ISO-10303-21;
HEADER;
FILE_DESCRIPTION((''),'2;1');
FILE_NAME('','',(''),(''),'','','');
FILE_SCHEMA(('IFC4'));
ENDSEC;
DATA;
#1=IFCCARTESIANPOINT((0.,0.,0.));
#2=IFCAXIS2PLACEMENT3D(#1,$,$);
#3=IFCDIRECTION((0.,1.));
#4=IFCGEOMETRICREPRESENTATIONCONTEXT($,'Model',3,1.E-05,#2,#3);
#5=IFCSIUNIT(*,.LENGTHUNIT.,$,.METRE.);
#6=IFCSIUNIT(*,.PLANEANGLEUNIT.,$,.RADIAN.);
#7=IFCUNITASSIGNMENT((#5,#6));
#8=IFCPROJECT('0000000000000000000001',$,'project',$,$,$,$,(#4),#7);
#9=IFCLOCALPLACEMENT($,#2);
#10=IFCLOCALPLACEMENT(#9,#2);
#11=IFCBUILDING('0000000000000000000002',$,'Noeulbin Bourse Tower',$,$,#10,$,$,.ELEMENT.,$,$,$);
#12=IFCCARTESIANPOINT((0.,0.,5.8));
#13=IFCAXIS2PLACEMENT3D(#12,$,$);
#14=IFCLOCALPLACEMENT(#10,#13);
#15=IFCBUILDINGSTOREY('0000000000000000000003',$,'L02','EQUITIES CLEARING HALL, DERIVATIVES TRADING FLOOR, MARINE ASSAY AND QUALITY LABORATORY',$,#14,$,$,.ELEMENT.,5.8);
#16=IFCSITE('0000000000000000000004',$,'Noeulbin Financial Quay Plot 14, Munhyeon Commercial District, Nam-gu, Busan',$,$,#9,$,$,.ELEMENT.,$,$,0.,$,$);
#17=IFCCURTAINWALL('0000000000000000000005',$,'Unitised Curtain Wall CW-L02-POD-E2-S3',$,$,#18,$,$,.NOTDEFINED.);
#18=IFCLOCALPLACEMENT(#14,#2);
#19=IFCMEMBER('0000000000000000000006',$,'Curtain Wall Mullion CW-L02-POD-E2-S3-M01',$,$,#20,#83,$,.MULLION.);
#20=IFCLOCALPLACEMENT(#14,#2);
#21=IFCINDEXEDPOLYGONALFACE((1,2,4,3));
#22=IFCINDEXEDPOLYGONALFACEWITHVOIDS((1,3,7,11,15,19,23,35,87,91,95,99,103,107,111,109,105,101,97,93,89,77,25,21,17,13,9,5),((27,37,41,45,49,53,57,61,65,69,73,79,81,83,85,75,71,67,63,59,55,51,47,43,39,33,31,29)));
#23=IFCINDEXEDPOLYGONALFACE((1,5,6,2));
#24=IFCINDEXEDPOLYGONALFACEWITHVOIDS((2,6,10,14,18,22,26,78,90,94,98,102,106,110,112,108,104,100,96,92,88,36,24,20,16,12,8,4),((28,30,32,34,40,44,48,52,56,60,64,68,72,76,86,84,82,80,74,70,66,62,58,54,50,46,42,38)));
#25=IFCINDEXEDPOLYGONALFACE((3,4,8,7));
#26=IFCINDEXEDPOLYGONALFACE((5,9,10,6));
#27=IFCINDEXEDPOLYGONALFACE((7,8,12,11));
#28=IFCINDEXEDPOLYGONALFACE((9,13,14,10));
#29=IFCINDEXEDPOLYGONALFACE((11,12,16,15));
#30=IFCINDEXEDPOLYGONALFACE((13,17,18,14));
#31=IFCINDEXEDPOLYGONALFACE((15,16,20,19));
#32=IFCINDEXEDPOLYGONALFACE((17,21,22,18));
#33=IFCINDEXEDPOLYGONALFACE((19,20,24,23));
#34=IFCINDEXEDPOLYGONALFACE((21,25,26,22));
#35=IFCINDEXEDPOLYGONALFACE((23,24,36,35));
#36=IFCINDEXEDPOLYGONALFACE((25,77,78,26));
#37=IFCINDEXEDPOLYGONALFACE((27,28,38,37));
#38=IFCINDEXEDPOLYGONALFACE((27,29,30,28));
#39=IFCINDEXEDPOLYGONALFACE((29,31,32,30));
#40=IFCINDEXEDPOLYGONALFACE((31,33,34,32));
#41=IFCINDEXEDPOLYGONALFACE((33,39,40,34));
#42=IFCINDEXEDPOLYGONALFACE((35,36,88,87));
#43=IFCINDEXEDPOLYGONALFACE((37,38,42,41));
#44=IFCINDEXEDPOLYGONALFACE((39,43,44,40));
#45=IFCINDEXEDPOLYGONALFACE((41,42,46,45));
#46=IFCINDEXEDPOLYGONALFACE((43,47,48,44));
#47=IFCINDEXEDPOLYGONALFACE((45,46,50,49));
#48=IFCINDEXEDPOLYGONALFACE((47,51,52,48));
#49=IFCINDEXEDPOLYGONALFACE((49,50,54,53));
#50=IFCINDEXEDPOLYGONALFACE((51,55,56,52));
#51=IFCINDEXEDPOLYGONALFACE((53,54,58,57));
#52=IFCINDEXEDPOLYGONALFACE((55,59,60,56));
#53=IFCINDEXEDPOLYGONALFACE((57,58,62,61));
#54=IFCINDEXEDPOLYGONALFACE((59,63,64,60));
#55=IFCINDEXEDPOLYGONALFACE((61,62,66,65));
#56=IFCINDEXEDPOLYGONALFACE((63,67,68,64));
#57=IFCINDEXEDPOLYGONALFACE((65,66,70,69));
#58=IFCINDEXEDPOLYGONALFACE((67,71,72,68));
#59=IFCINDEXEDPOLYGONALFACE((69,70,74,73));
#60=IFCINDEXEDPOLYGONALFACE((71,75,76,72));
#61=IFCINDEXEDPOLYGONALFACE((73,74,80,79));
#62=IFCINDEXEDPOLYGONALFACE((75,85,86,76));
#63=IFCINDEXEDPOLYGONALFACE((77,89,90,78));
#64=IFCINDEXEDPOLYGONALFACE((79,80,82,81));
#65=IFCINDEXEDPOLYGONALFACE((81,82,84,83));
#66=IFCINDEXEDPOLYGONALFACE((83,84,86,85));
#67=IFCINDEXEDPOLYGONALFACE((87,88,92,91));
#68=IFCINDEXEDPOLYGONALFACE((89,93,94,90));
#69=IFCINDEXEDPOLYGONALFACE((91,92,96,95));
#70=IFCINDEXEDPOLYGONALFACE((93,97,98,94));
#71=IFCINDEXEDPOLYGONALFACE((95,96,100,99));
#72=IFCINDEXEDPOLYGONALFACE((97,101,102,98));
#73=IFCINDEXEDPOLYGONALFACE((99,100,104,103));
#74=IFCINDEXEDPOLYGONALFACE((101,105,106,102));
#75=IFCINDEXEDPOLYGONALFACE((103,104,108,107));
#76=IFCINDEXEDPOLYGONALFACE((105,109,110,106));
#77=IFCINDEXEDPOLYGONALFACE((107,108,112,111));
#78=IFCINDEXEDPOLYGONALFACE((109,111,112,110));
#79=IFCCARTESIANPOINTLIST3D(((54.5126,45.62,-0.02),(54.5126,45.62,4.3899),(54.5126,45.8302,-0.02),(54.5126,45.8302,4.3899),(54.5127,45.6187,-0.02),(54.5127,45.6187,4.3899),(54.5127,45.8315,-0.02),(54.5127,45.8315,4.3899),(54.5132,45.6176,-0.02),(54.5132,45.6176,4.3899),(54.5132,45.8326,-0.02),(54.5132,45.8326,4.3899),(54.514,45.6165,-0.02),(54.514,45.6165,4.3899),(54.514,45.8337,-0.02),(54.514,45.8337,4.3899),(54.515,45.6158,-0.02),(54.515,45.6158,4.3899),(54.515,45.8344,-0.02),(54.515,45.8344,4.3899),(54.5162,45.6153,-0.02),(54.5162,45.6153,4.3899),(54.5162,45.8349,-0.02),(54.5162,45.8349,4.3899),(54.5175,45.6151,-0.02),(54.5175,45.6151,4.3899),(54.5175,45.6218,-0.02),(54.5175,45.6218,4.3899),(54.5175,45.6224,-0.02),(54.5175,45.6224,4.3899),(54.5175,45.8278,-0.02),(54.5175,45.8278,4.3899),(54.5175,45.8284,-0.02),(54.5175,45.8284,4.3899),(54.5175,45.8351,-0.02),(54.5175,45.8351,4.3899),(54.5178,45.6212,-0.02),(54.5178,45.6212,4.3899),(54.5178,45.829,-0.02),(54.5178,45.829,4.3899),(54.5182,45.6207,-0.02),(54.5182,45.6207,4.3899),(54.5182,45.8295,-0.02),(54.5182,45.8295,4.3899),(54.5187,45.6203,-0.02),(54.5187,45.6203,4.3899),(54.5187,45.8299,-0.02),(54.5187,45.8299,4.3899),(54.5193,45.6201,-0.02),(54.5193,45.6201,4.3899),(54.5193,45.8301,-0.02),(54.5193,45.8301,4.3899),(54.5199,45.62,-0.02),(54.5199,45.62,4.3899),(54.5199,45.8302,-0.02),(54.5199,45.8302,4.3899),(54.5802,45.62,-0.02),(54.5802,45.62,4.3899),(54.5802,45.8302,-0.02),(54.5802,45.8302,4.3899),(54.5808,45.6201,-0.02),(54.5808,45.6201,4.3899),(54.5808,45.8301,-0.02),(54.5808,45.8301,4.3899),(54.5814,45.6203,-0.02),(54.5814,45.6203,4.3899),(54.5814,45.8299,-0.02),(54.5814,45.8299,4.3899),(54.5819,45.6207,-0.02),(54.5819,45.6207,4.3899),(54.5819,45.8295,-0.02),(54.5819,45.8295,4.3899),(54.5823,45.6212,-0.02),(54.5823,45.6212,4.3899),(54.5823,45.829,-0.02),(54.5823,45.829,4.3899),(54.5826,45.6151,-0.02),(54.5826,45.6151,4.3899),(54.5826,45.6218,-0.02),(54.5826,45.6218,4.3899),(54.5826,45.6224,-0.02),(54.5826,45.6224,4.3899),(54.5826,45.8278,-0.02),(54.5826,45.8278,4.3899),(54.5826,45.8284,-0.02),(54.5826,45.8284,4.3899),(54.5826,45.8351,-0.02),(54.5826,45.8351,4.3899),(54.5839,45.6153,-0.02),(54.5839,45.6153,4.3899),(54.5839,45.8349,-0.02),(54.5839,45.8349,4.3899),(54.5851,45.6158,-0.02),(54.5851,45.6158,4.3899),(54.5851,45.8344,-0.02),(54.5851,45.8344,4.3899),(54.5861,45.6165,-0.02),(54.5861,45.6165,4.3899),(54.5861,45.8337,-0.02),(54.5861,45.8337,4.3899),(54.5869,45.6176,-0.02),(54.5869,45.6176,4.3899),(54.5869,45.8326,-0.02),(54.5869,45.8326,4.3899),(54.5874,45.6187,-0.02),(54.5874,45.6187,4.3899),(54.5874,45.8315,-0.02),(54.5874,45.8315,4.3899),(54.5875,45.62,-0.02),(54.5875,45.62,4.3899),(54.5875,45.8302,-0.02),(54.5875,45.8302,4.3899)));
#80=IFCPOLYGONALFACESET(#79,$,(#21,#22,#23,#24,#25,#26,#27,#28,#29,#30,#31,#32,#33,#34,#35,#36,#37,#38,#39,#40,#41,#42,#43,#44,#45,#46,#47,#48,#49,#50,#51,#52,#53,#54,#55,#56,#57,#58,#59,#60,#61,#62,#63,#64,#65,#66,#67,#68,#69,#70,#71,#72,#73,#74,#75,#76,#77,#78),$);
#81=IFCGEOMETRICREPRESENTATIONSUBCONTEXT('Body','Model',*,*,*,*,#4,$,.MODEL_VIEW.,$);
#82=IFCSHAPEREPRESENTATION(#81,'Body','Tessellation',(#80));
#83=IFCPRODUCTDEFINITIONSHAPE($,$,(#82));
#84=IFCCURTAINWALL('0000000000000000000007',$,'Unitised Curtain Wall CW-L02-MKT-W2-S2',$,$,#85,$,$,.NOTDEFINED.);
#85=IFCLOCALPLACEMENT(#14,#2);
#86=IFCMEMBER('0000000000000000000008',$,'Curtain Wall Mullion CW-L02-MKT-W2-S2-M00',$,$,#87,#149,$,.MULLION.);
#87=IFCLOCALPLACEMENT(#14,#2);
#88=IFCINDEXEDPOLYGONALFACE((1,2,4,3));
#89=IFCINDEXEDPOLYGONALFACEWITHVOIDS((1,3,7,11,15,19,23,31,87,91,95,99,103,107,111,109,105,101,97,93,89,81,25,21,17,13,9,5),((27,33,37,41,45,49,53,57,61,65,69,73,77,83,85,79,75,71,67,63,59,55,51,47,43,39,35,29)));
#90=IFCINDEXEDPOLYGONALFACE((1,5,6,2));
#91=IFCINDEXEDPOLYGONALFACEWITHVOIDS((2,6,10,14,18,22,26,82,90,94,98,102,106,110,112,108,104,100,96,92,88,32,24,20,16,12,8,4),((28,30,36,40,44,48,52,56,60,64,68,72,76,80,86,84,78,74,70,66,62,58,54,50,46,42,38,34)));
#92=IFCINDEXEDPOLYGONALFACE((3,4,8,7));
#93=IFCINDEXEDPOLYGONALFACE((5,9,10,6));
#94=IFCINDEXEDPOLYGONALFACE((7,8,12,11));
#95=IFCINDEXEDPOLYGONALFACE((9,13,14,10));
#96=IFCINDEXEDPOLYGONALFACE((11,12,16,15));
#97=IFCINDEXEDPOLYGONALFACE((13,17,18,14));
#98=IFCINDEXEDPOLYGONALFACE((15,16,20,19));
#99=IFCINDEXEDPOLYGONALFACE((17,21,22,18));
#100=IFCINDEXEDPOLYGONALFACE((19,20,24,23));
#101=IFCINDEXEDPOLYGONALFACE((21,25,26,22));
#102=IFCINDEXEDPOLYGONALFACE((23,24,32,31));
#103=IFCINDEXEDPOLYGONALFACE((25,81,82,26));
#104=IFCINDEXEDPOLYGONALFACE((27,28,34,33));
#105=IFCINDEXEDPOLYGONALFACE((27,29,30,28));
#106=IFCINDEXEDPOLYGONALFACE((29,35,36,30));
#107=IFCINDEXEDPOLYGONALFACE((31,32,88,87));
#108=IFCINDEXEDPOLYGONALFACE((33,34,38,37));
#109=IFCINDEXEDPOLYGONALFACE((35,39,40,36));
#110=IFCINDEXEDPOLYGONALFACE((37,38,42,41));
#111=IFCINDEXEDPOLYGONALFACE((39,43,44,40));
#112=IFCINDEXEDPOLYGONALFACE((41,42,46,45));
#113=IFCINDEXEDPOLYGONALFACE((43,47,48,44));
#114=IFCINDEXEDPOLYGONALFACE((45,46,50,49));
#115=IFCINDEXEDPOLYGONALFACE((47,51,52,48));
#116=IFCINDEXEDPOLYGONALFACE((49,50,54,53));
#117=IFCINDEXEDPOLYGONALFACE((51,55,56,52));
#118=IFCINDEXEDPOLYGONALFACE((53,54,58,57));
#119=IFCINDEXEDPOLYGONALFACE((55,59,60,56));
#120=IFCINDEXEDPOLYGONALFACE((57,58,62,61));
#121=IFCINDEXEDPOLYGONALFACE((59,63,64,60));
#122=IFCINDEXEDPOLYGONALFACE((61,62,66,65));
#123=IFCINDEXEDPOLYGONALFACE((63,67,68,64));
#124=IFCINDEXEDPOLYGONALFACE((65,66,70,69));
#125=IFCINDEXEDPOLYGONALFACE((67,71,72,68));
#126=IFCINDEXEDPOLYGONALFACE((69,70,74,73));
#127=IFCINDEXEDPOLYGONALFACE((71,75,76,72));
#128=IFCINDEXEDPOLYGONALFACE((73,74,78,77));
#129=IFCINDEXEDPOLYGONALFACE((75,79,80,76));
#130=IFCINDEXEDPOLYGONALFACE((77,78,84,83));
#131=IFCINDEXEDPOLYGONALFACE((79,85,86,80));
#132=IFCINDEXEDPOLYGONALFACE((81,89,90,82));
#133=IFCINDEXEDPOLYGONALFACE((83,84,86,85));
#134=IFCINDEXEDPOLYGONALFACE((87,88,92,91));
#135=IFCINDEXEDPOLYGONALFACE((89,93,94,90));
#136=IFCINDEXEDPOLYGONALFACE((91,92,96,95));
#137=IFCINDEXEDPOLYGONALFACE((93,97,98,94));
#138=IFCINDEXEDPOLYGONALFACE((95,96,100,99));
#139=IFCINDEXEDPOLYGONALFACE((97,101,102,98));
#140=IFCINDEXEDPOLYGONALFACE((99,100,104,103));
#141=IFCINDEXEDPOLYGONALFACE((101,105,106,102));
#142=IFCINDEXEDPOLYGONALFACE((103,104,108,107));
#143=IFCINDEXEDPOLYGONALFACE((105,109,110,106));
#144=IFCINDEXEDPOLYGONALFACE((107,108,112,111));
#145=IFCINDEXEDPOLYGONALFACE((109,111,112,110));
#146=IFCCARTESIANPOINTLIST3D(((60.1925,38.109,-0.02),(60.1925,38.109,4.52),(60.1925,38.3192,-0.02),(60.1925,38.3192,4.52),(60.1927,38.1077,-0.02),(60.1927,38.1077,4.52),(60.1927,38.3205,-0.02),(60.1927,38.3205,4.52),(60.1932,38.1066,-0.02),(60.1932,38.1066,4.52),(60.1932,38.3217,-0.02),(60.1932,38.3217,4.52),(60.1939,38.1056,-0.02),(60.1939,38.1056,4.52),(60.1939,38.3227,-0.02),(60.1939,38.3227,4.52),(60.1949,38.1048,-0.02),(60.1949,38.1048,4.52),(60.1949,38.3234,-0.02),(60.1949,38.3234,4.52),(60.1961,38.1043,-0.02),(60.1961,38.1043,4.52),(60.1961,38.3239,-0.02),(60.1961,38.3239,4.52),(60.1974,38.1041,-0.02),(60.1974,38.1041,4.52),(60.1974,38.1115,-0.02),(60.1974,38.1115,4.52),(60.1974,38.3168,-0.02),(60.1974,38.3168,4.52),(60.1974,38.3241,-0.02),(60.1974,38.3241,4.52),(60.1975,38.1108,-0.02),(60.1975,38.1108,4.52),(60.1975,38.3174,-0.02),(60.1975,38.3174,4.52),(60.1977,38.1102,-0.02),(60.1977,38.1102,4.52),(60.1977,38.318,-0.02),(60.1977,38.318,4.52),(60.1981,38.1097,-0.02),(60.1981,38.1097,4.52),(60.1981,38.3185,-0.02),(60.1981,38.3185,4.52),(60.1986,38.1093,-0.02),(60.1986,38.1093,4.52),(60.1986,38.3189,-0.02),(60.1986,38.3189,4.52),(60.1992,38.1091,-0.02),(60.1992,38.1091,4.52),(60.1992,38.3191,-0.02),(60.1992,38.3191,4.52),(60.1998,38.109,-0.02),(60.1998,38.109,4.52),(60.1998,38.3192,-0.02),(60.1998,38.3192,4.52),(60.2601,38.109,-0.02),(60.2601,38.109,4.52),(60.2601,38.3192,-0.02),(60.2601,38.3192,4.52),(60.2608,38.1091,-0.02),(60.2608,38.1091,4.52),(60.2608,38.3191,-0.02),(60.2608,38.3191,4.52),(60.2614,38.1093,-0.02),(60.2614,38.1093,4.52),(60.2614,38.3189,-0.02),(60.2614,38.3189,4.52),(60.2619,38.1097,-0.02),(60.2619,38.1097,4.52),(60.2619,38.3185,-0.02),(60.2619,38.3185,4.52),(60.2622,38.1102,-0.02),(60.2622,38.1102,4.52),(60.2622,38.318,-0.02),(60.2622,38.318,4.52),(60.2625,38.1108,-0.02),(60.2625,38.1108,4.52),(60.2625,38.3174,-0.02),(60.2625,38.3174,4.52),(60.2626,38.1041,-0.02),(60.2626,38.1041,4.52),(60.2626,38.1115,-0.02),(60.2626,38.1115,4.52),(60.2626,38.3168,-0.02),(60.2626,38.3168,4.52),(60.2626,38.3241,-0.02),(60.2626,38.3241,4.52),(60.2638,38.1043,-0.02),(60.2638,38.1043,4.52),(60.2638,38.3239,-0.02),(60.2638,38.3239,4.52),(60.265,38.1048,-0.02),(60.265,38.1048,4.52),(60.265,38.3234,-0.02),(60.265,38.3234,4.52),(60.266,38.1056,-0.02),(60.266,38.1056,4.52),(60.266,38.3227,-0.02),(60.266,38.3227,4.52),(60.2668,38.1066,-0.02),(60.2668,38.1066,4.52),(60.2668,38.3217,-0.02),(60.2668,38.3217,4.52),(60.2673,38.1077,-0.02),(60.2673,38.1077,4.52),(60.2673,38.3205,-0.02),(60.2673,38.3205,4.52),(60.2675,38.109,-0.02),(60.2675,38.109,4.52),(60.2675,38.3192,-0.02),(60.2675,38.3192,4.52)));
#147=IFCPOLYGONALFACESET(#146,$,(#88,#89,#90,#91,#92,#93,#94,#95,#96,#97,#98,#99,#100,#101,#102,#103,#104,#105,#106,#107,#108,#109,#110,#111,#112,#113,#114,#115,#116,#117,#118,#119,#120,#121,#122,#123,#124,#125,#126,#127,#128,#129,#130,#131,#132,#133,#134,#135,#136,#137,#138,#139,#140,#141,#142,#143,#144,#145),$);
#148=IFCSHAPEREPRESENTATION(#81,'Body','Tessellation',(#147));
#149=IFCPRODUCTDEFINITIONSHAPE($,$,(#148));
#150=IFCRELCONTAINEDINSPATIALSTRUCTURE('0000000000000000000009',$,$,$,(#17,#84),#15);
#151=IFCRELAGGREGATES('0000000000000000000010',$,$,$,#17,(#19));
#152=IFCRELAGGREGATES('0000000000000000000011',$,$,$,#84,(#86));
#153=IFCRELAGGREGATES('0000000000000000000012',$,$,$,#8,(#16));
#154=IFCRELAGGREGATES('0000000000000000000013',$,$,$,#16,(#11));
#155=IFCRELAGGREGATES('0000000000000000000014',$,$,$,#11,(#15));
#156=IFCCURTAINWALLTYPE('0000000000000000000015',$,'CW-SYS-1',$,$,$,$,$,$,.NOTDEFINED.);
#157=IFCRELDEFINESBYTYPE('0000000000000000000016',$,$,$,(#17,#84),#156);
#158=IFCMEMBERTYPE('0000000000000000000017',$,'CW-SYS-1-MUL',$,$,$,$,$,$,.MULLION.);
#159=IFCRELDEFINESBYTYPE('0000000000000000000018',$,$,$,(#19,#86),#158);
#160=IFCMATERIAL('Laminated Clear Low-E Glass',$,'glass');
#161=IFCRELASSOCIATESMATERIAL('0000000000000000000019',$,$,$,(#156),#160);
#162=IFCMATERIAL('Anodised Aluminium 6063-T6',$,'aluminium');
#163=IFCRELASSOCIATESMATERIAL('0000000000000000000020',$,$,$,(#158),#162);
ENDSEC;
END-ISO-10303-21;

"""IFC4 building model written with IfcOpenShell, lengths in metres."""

from ifc_helpers import new_model, si_unit, direction, frame, origin, origin_2d, place, context, subcontext, project, spatial, hollow_rectangle, extrude, material, material_profile, profile_set, type_object, element, aggregate, save


model = new_model("IFC4")

# Units and contexts
model_context = context("Model", 3, precision=1e-05, world=origin(), true_north=direction((0.0, 1.0)))
body_context = subcontext(model_context, "Body", "Model", "MODEL_VIEW")
ifc_project = project(units=[si_unit("LENGTHUNIT", "METRE"), si_unit("PLANEANGLEUNIT", "RADIAN")], contexts=[model_context])

# Site, building, storey
site_placement = place(None, origin())
site = spatial("IfcSite", under=ifc_project, at=site_placement, Name="Noeulbin Financial Quay Plot 14, Munhyeon Commercial District, Nam-gu, Busan", CompositionType="ELEMENT", RefElevation=0.0)
building_placement = place(site_placement, origin())
building = spatial("IfcBuilding", under=site, at=building_placement, Name="Noeulbin Bourse Tower", CompositionType="ELEMENT")
storey_placement = place(building_placement, frame((0.0, 0.0, 5.8)))
storey = spatial("IfcBuildingStorey", under=building, at=storey_placement, Name="L02", Description="EQUITIES CLEARING HALL, DERIVATIVES TRADING FLOOR, MARINE ASSAY AND QUALITY LABORATORY", CompositionType="ELEMENT", Elevation=5.8)

# Curtain wall, member
ifc_material_1 = material(Name="Laminated Clear Low-E Glass", Category="glass")
curtain_wall_type = type_object("IfcCurtainWallType", Name="CW-SYS-1", PredefinedType="NOTDEFINED", material=ifc_material_1)
curtain_wall_1_placement = place(storey_placement, origin())
curtain_wall_1 = element("IfcCurtainWall", 1, at=curtain_wall_1_placement, inside=storey, type_object=curtain_wall_type, Name="Unitised Curtain Wall CW-L02-POD-E2-S3", PredefinedType="NOTDEFINED")
ifc_material_2 = material(Name="Anodised Aluminium 6063-T6", Category="aluminium")
ifc_material_profile_1 = material_profile(ifc_material_2, hollow_rectangle(XDim=0.075, YDim=0.22, WallThickness=0.0049, InnerFilletRadius=0.0024, OuterFilletRadius=0.0049, at=origin_2d()), Name="ALU-MULL-75x220x5", Category="LoadBearing")
ifc_profile_set_1 = profile_set([ifc_material_profile_1], Name="Anodised Aluminium 6063-T6")
member_type_1 = type_object("IfcMemberType", Name="CW-SYS-1-MUL", PredefinedType="MULLION", material=ifc_profile_set_1)
member_1_placement = place(storey_placement, frame((54.55, 45.7251, -0.02), z_axis=(0.0, 0.0, 1.0), x_axis=(1.0, 0.0, 0.0)))
member_1 = element("IfcMember", 2, at=member_1_placement, type_object=member_type_1, Name="Curtain Wall Mullion CW-L02-POD-E2-S3-M01", PredefinedType="MULLION", context=body_context, shape_type="SweptSolid", body=[
    extrude(hollow_rectangle(XDim=0.075, YDim=0.22, WallThickness=0.0049, InnerFilletRadius=0.0024, OuterFilletRadius=0.0049, at=origin_2d()), origin(), (0.0, 0.0, 1.0), 4.4099),
])
aggregate(curtain_wall_1, [member_1])

# Curtain wall, member
curtain_wall_2_placement = place(storey_placement, origin())
curtain_wall_2 = element("IfcCurtainWall", 3, at=curtain_wall_2_placement, inside=storey, type_object=curtain_wall_type, Name="Unitised Curtain Wall CW-L02-MKT-W2-S2", PredefinedType="NOTDEFINED")
member_2_placement = place(storey_placement, frame((60.23, 38.2141, -0.02), z_axis=(0.0, 0.0, 1.0), x_axis=(1.0, 0.0, 0.0)))
member_2 = element("IfcMember", 4, at=member_2_placement, type_object=member_type_1, Name="Curtain Wall Mullion CW-L02-MKT-W2-S2-M00", PredefinedType="MULLION", context=body_context, shape_type="SweptSolid", body=[
    extrude(hollow_rectangle(XDim=0.075, YDim=0.22, WallThickness=0.0049, InnerFilletRadius=0.0024, OuterFilletRadius=0.0049, at=origin_2d()), origin(), (0.0, 0.0, 1.0), 4.54),
])
aggregate(curtain_wall_2, [member_2])

save(model, "model.ifc")
